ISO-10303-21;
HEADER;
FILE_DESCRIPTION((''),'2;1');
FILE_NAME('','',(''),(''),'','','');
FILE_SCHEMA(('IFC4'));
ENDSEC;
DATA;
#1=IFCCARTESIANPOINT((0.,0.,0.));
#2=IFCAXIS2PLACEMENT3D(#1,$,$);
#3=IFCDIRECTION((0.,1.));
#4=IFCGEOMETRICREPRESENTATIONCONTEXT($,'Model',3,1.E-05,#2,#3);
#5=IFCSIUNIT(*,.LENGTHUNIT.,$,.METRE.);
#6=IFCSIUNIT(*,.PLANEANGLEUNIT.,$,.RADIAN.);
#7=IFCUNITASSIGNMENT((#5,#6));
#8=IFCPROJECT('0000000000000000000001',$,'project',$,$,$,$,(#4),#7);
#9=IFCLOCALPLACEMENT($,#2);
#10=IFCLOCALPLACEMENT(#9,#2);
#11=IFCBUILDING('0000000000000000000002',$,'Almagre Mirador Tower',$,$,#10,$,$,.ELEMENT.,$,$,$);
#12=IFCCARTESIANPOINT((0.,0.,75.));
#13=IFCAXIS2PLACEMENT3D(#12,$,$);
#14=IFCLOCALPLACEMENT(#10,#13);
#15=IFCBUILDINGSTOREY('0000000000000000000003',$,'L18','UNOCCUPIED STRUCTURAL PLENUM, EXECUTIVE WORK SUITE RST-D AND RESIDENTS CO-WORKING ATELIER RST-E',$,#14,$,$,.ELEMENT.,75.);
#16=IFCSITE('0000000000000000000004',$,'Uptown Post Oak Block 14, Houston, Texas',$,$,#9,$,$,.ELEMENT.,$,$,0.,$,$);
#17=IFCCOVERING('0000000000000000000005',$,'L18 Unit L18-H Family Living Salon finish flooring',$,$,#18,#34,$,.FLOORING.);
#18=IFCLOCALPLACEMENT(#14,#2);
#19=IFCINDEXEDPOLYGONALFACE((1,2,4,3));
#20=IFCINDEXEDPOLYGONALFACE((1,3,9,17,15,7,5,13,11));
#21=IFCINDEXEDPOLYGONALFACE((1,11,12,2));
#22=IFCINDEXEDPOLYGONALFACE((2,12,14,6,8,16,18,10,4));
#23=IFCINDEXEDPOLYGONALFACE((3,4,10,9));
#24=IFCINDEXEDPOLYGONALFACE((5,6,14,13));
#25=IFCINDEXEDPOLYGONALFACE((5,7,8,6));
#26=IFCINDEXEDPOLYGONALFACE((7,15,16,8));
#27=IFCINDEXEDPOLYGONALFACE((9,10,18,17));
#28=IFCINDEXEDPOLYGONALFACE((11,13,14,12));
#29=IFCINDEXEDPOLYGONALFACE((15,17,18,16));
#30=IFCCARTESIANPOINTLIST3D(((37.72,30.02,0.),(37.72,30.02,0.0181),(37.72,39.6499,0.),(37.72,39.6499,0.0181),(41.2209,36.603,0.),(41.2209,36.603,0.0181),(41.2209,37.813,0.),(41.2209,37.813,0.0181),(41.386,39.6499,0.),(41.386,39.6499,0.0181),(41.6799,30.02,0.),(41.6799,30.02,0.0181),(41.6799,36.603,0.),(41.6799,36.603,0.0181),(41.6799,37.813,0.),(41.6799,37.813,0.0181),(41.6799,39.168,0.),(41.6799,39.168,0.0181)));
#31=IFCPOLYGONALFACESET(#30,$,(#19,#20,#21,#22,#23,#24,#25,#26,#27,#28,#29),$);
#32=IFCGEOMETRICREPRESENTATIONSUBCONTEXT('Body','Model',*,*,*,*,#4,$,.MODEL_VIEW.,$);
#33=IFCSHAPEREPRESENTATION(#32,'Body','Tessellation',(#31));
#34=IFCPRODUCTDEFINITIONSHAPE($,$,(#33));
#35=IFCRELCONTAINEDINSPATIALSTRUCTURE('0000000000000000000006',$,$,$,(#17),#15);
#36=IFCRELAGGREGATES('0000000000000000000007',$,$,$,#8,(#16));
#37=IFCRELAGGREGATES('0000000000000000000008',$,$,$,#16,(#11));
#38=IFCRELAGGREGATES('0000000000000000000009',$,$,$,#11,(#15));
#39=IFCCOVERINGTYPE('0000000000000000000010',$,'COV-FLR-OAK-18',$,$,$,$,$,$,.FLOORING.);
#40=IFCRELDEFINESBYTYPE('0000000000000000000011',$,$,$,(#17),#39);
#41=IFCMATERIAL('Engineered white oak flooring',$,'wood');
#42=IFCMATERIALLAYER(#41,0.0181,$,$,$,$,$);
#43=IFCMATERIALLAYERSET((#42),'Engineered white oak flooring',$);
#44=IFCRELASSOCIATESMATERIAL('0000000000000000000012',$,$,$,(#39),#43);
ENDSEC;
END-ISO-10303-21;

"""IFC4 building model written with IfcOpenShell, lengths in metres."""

from ifc_helpers import new_model, si_unit, direction, frame, origin, place, context, subcontext, project, spatial, polyline, outline, extrude, material, layer, layer_set, type_object, element, save


model = new_model("IFC4")

# Units and contexts
model_context = context("Model", 3, precision=1e-05, world=origin(), true_north=direction((0.0, 1.0)))
body_context = subcontext(model_context, "Body", "Model", "MODEL_VIEW")
ifc_project = project(units=[si_unit("LENGTHUNIT", "METRE"), si_unit("PLANEANGLEUNIT", "RADIAN")], contexts=[model_context])

# Site, building, storey
site_placement = place(None, origin())
site = spatial("IfcSite", under=ifc_project, at=site_placement, Name="Uptown Post Oak Block 14, Houston, Texas", CompositionType="ELEMENT", RefElevation=0.0)
building_placement = place(site_placement, origin())
building = spatial("IfcBuilding", under=site, at=building_placement, Name="Almagre Mirador Tower", CompositionType="ELEMENT")
storey_placement = place(building_placement, frame((0.0, 0.0, 75.0)))
storey = spatial("IfcBuildingStorey", under=building, at=storey_placement, Name="L18", Description="UNOCCUPIED STRUCTURAL PLENUM, EXECUTIVE WORK SUITE RST-D AND RESIDENTS CO-WORKING ATELIER RST-E", CompositionType="ELEMENT", Elevation=75.0)

# Covering
ifc_material_1 = material(Name="Engineered white oak flooring", Category="wood")
ifc_layer_1 = layer(ifc_material_1, 0.0181)
ifc_layer_set_1 = layer_set([ifc_layer_1], Name="Engineered white oak flooring")
covering_type = type_object("IfcCoveringType", Name="COV-FLR-OAK-18", PredefinedType="FLOORING", material=ifc_layer_set_1)
covering_1_placement = place(storey_placement, origin())
element("IfcCovering", 1, at=covering_1_placement, inside=storey, type_object=covering_type, Name="L18 Unit L18-H Family Living Salon finish flooring", PredefinedType="FLOORING", context=body_context, shape_type="SweptSolid", body=[
    extrude(outline(polyline([(41.6799, 37.813), (41.2209, 37.813), (41.2209, 36.603), (41.6799, 36.603), (41.6799, 30.02), (37.72, 30.02), (37.72, 39.6499), (41.386, 39.6499), (41.6799, 39.168), (41.6799, 37.813)])), origin(), (0.0, 0.0, 1.0), 0.0181),
])

save(model, "model.ifc")
